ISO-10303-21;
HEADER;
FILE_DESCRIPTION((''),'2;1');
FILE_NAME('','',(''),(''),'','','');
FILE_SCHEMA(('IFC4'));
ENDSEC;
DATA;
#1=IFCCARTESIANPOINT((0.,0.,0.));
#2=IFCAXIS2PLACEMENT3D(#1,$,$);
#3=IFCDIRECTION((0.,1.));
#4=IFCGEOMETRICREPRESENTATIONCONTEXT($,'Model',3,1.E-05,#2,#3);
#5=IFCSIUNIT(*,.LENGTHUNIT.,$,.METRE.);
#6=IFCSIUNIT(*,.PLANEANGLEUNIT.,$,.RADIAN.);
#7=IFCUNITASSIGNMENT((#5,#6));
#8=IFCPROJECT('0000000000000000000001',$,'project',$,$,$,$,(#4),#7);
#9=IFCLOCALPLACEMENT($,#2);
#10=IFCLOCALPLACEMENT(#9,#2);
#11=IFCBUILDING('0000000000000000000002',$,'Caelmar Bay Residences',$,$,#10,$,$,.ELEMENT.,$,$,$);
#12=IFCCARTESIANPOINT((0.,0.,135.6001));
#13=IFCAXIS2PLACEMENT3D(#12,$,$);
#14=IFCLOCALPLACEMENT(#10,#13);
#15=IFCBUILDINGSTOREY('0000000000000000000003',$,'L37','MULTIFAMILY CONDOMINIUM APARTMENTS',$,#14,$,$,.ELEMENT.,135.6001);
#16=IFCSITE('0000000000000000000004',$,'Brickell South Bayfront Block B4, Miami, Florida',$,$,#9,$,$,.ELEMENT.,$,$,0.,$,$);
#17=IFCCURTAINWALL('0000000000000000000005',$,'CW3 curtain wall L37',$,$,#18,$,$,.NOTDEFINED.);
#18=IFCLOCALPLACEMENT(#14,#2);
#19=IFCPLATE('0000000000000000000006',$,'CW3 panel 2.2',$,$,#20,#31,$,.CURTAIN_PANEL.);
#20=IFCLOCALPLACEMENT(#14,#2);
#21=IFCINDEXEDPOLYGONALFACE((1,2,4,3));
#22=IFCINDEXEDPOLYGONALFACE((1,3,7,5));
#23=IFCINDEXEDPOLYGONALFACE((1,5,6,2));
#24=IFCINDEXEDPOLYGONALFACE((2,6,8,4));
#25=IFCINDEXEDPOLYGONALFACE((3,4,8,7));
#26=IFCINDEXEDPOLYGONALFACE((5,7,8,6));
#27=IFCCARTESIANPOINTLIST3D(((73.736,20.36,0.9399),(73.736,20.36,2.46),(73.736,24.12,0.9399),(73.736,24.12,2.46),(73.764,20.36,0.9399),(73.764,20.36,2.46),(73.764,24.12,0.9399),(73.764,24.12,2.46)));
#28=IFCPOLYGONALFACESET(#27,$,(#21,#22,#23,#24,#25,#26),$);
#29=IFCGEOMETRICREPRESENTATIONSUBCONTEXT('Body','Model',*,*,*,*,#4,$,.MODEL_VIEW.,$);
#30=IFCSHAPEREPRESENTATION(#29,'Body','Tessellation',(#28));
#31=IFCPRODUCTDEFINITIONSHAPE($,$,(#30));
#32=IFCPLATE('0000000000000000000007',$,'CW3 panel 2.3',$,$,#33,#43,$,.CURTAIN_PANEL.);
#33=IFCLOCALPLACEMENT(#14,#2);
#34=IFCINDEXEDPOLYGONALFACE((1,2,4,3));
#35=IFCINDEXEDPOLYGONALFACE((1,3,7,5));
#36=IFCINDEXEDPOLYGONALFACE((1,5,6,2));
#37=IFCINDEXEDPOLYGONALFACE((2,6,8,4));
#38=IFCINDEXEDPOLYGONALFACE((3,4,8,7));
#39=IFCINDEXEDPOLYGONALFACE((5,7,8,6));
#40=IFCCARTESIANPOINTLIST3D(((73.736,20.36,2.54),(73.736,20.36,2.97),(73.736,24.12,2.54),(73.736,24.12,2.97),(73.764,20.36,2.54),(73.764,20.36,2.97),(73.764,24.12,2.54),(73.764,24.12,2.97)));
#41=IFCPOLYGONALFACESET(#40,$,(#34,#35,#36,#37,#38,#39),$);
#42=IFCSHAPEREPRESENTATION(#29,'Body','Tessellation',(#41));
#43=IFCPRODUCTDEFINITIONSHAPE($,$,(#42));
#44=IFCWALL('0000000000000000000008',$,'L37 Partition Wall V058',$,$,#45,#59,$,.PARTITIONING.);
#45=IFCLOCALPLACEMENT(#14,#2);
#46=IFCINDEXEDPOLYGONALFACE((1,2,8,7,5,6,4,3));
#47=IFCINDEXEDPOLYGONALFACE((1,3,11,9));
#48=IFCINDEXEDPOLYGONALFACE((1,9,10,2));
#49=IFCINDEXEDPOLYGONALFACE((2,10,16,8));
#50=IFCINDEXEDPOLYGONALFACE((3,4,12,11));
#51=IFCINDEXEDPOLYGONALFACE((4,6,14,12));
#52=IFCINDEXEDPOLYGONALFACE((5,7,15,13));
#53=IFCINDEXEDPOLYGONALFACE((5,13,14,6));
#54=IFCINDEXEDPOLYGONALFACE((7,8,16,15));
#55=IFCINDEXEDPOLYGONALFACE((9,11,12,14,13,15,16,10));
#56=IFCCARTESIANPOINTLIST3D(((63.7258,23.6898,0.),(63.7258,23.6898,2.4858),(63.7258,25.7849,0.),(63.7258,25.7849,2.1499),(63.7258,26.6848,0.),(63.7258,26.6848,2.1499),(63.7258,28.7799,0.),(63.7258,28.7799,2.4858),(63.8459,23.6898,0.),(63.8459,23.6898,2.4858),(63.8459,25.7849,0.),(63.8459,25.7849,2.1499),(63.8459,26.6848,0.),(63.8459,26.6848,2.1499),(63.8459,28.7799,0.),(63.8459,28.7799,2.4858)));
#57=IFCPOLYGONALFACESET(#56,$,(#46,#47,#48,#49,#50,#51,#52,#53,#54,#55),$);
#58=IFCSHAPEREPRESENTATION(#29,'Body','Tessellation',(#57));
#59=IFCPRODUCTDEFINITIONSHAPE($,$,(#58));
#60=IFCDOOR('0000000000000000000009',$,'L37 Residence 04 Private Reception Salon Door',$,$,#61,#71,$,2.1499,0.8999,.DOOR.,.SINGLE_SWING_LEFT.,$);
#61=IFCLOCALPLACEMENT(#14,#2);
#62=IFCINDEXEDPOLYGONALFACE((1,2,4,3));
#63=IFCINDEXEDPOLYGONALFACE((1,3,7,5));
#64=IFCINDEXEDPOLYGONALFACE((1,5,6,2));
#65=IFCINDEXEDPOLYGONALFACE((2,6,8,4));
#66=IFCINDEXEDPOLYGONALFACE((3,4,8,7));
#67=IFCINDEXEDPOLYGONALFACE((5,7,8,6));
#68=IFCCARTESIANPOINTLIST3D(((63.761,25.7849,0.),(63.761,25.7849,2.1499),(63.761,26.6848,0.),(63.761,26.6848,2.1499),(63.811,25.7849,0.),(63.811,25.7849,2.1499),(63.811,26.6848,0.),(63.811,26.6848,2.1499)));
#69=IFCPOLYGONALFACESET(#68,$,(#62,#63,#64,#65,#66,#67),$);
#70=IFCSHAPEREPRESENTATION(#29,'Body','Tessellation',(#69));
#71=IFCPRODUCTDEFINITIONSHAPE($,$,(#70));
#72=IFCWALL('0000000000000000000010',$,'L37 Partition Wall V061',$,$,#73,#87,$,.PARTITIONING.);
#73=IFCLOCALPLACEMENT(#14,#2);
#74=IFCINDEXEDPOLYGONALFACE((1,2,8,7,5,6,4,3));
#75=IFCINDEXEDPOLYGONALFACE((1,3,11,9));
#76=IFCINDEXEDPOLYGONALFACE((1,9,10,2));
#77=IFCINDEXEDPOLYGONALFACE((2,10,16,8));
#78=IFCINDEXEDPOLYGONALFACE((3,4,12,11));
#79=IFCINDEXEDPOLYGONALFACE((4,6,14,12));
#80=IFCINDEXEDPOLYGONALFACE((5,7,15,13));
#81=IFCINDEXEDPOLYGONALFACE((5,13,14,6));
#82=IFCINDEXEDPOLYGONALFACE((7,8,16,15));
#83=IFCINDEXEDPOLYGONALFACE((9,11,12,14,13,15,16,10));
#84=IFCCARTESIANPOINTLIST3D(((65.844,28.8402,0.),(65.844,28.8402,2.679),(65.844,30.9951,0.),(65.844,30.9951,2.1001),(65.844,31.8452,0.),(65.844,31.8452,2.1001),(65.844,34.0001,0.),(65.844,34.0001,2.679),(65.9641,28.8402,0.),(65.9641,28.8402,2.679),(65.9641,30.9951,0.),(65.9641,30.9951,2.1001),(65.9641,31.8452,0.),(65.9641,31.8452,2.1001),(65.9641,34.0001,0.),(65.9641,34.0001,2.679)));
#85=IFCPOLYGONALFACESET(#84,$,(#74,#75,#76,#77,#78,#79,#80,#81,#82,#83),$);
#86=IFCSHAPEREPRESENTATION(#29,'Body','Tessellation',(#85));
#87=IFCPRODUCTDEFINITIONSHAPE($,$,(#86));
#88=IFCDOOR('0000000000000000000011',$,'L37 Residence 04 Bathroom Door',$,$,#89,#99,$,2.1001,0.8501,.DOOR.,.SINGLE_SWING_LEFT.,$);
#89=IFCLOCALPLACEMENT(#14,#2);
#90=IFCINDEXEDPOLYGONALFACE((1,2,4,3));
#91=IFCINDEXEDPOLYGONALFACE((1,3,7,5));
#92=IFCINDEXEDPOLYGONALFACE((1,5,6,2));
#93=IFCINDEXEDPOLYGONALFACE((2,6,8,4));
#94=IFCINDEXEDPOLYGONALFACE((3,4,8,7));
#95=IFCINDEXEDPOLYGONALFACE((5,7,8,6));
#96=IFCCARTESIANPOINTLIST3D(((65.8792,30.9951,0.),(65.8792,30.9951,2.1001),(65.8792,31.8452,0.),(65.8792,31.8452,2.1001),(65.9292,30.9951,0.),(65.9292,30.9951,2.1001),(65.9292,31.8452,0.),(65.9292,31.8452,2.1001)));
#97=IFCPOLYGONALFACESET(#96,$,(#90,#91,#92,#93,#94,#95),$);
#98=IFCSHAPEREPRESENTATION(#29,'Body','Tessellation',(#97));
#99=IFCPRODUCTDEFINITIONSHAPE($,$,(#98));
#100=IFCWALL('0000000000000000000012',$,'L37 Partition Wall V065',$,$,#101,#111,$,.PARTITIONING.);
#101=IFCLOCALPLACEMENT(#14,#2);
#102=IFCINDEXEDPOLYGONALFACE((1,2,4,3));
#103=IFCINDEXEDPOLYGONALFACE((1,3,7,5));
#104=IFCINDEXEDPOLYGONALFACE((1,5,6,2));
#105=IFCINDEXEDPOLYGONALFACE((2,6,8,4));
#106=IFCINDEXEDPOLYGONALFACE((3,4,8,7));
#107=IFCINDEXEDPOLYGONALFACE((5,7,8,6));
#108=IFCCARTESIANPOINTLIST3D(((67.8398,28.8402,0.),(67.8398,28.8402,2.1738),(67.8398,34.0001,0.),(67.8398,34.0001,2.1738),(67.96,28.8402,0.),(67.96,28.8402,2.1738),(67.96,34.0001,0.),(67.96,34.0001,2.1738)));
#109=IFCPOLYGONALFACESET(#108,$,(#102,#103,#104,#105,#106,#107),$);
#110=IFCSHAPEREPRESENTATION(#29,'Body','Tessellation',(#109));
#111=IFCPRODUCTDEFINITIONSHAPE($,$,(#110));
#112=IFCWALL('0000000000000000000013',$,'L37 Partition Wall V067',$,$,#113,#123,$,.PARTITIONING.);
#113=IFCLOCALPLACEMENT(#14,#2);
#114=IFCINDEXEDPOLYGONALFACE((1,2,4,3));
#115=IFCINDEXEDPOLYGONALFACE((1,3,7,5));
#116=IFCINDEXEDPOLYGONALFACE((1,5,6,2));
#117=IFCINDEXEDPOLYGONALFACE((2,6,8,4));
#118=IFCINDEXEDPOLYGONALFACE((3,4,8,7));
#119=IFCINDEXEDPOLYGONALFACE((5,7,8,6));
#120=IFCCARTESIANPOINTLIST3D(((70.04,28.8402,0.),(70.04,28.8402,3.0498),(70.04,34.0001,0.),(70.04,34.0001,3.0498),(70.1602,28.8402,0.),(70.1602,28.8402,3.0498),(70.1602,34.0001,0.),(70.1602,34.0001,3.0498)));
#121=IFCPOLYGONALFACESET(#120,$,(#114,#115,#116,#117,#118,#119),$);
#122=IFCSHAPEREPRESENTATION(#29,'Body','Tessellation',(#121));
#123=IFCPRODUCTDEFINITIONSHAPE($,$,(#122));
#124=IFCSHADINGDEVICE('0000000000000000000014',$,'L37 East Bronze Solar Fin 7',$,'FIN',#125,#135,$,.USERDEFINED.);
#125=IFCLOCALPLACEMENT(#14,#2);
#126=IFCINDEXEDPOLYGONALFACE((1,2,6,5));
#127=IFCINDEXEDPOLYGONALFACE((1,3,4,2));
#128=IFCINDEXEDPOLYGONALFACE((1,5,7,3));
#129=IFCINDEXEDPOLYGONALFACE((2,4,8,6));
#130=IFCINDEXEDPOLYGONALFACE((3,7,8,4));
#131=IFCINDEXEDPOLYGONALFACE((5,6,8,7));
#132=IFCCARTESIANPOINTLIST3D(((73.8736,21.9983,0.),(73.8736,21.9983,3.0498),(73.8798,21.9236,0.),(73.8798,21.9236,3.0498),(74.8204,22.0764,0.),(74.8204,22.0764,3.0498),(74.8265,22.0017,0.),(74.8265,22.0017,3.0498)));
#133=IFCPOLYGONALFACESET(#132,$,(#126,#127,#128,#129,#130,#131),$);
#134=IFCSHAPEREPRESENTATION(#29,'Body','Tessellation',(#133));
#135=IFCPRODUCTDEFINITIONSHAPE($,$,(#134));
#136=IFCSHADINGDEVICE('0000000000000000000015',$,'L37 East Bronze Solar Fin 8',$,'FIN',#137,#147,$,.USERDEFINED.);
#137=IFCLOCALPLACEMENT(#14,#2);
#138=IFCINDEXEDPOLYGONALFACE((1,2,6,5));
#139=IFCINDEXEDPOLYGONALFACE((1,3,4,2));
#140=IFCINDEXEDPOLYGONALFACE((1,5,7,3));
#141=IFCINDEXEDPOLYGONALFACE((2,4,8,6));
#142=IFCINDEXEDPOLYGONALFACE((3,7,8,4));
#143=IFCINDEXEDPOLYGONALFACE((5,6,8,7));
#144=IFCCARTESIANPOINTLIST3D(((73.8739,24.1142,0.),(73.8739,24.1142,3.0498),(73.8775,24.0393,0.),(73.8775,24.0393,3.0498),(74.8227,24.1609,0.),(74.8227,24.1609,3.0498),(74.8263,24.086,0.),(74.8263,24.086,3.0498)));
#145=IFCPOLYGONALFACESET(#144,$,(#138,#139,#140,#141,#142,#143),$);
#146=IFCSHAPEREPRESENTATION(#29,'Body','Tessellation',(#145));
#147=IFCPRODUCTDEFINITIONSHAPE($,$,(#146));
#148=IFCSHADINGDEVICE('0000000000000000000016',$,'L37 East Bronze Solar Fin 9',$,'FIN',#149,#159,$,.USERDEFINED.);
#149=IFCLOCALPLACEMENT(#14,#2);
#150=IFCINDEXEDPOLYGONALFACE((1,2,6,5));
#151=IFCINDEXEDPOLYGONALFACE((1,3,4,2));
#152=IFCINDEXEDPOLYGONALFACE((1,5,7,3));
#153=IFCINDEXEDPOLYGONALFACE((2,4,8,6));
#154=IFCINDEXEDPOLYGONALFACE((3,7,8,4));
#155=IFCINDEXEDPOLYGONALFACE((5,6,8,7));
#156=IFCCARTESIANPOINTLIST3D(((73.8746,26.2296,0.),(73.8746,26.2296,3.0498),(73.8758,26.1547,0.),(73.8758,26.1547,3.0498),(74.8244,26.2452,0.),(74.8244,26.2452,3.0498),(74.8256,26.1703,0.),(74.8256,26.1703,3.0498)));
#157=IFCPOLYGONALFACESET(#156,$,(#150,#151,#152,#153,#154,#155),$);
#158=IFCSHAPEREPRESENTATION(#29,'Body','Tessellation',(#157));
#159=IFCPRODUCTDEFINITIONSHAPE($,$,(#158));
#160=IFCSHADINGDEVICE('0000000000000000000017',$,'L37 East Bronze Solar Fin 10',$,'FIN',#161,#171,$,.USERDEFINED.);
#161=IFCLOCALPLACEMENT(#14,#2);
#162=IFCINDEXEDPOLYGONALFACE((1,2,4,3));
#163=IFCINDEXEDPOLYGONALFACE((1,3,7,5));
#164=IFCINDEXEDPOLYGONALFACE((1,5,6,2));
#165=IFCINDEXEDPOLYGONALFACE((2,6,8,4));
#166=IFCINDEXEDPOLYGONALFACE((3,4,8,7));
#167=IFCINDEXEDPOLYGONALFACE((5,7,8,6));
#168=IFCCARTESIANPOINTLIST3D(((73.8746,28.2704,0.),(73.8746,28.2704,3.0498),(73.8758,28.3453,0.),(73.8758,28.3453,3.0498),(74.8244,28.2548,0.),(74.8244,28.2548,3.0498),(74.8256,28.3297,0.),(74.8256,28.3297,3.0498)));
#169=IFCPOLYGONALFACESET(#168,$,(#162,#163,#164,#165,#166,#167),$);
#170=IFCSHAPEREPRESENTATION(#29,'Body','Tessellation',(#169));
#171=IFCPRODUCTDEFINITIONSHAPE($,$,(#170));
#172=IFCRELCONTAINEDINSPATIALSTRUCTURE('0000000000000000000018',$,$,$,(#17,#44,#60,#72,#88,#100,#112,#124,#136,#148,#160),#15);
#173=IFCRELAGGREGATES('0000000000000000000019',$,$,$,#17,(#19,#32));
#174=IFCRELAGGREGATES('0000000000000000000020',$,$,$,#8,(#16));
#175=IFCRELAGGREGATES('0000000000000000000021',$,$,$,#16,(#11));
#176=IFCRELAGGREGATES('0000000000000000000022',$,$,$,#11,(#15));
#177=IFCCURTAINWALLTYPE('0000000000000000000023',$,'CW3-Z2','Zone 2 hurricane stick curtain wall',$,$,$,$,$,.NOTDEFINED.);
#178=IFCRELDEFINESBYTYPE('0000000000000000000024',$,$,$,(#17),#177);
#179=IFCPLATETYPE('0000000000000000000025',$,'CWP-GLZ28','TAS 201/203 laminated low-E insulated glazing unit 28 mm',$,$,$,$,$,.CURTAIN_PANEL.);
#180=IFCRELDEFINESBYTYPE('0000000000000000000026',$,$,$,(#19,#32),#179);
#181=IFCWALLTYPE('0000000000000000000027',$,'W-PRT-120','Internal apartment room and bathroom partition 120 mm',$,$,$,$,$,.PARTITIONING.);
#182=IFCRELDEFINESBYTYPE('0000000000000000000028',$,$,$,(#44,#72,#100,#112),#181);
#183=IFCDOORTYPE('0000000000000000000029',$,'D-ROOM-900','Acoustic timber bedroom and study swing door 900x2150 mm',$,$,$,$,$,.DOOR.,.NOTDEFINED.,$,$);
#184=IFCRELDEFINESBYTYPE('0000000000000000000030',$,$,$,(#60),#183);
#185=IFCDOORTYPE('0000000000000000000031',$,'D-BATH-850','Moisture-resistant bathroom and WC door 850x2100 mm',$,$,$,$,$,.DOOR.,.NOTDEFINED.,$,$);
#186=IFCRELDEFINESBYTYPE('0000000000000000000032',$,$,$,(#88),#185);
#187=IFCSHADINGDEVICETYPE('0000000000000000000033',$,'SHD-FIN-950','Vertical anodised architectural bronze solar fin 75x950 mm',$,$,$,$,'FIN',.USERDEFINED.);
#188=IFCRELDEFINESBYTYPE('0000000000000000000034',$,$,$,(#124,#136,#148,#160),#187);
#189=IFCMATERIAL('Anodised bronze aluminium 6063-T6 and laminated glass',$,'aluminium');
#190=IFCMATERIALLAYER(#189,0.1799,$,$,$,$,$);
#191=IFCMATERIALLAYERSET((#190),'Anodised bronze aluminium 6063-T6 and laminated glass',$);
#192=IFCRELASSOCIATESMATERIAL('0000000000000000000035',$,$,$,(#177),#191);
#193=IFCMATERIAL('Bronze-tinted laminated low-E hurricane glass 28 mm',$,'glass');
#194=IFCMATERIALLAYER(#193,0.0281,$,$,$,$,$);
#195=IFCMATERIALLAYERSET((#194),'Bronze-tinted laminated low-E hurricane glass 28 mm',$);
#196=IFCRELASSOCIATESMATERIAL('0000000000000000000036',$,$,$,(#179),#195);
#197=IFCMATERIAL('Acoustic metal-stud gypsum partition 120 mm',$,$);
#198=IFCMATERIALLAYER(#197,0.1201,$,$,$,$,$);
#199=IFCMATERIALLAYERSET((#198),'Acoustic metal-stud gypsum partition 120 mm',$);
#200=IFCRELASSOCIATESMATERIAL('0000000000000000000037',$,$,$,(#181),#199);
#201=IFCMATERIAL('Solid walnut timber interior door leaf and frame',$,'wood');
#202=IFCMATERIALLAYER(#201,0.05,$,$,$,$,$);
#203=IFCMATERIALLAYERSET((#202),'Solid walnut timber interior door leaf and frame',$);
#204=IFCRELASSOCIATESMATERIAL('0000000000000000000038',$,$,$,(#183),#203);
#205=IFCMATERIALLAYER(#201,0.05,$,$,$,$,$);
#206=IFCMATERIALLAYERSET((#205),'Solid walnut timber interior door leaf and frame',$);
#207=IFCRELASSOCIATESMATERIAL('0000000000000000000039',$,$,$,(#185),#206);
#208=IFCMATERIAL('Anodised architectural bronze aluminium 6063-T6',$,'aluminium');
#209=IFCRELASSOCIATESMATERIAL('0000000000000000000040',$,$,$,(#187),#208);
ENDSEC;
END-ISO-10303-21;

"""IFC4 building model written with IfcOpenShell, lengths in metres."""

from ifc_helpers import new_model, si_unit, direction, frame, frame_2d, origin, origin_2d, place, context, subcontext, project, spatial, rectangle, extrude, material, layer, layer_set, material_profile, profile_set, type_object, element, fill, aggregate, save


model = new_model("IFC4")

# Units and contexts
model_context = context("Model", 3, precision=1e-05, world=origin(), true_north=direction((0.0, 1.0)))
body_context = subcontext(model_context, "Body", "Model", "MODEL_VIEW")
ifc_project = project(units=[si_unit("LENGTHUNIT", "METRE"), si_unit("PLANEANGLEUNIT", "RADIAN")], contexts=[model_context])

# Site, building, storey
site_placement = place(None, origin())
site = spatial("IfcSite", under=ifc_project, at=site_placement, Name="Brickell South Bayfront Block B4, Miami, Florida", CompositionType="ELEMENT", RefElevation=0.0)
building_placement = place(site_placement, origin())
building = spatial("IfcBuilding", under=site, at=building_placement, Name="Caelmar Bay Residences", CompositionType="ELEMENT")
storey_placement = place(building_placement, frame((0.0, 0.0, 135.6001)))
storey = spatial("IfcBuildingStorey", under=building, at=storey_placement, Name="L37", Description="MULTIFAMILY CONDOMINIUM APARTMENTS", CompositionType="ELEMENT", Elevation=135.6001)

# Curtain wall, plates
ifc_material_1 = material(Name="Anodised bronze aluminium 6063-T6 and laminated glass", Category="aluminium")
ifc_layer_1 = layer(ifc_material_1, 0.1799)
ifc_layer_set_1 = layer_set([ifc_layer_1], Name="Anodised bronze aluminium 6063-T6 and laminated glass")
curtain_wall_type = type_object("IfcCurtainWallType", Name="CW3-Z2", Description="Zone 2 hurricane stick curtain wall", PredefinedType="NOTDEFINED", material=ifc_layer_set_1)
curtain_wall_placement = place(storey_placement, origin())
curtain_wall = element("IfcCurtainWall", 1, at=curtain_wall_placement, inside=storey, type_object=curtain_wall_type, Name="CW3 curtain wall L37", PredefinedType="NOTDEFINED")
ifc_material_2 = material(Name="Bronze-tinted laminated low-E hurricane glass 28 mm", Category="glass")
ifc_layer_2 = layer(ifc_material_2, 0.0281)
ifc_layer_set_2 = layer_set([ifc_layer_2], Name="Bronze-tinted laminated low-E hurricane glass 28 mm")
plate_type = type_object("IfcPlateType", Name="CWP-GLZ28", Description="TAS 201/203 laminated low-E insulated glazing unit 28 mm", PredefinedType="CURTAIN_PANEL", material=ifc_layer_set_2)
plate_1_placement = place(storey_placement, frame((73.75, 22.24, 0.9399), z_axis=(0.0, 0.0, 1.0), x_axis=(0.0, -1.0, 0.0)))
plate_1 = element("IfcPlate", 2, at=plate_1_placement, type_object=plate_type, Name="CW3 panel 2.2", PredefinedType="CURTAIN_PANEL", context=body_context, shape_type="SweptSolid", body=[
    extrude(rectangle(XDim=3.76, YDim=0.0281, at=origin_2d()), origin(), (0.0, 0.0, 1.0), 1.52),
])
plate_2_placement = place(storey_placement, frame((73.75, 22.24, 2.54), z_axis=(0.0, 0.0, 1.0), x_axis=(0.0, -1.0, 0.0)))
plate_2 = element("IfcPlate", 3, at=plate_2_placement, type_object=plate_type, Name="CW3 panel 2.3", PredefinedType="CURTAIN_PANEL", context=body_context, shape_type="SweptSolid", body=[
    extrude(rectangle(XDim=3.76, YDim=0.0281, at=origin_2d()), origin(), (0.0, 0.0, 1.0), 0.4299),
])
aggregate(curtain_wall, [plate_1, plate_2])

# Walls, openings, doors
ifc_material_3 = material(Name="Acoustic metal-stud gypsum partition 120 mm")
ifc_layer_3 = layer(ifc_material_3, 0.1201)
ifc_layer_set_3 = layer_set([ifc_layer_3], Name="Acoustic metal-stud gypsum partition 120 mm")
wall_type = type_object("IfcWallType", Name="W-PRT-120", Description="Internal apartment room and bathroom partition 120 mm", PredefinedType="PARTITIONING", material=ifc_layer_set_3)
wall_1_placement = place(storey_placement, frame((63.7859, 23.6899, 0.0), z_axis=(0.0, 0.0, 1.0), x_axis=(0.0, 1.0, 0.0)))
wall_1 = element("IfcWall", 4, at=wall_1_placement, inside=storey, type_object=wall_type, Name="L37 Partition Wall V058", PredefinedType="PARTITIONING", context=body_context, shape_type="SweptSolid", body=[
    extrude(rectangle(XDim=5.0901, YDim=0.1201, at=frame_2d((2.5449, 0.0))), origin(), (0.0, 0.0, 1.0), 2.4858),
])
opening_1_placement = place(wall_1_placement, frame((2.095, 0.0, 0.0)))
opening_1 = element("IfcOpeningElement", 5, at=opening_1_placement, cuts=wall_1, PredefinedType="OPENING", context=body_context, shape_type="SweptSolid", body=[
    extrude(rectangle(XDim=0.8999, YDim=2.1499, at=frame_2d((0.45, 1.075))), frame((0.0, 0.0701, 0.0), z_axis=(0.0, -1.0, 0.0), x_axis=(1.0, 0.0, 0.0)), (0.0, 0.0, 1.0), 0.1401),
])
ifc_material_4 = material(Name="Solid walnut timber interior door leaf and frame", Category="wood")
ifc_layer_4 = layer(ifc_material_4, 0.05)
ifc_layer_set_4 = layer_set([ifc_layer_4], Name="Solid walnut timber interior door leaf and frame")
door_type_1 = type_object("IfcDoorType", Name="D-ROOM-900", Description="Acoustic timber bedroom and study swing door 900x2150 mm", OperationType="NOTDEFINED", PredefinedType="DOOR", material=ifc_layer_set_4)
door_1_placement = place(opening_1_placement, origin())
door_1 = element("IfcDoor", 6, at=door_1_placement, inside=storey, type_object=door_type_1, Name="L37 Residence 04 Private Reception Salon Door", OperationType="SINGLE_SWING_LEFT", OverallHeight=2.1499, OverallWidth=0.8999, PredefinedType="DOOR", context=body_context, shape_type="SweptSolid", body=[
    extrude(rectangle(XDim=0.8999, YDim=2.1499, at=frame_2d((0.45, 1.075))), frame((0.0, 0.0249, 0.0), z_axis=(0.0, -1.0, 0.0), x_axis=(1.0, 0.0, 0.0)), (0.0, 0.0, 1.0), 0.05),
])
fill(opening_1, door_1)
wall_2_placement = place(storey_placement, frame((65.9041, 28.8401, 0.0), z_axis=(0.0, 0.0, 1.0), x_axis=(0.0, 1.0, 0.0)))
wall_2 = element("IfcWall", 7, at=wall_2_placement, inside=storey, type_object=wall_type, Name="L37 Partition Wall V061", PredefinedType="PARTITIONING", context=body_context, shape_type="SweptSolid", body=[
    extrude(rectangle(XDim=5.1599, YDim=0.1201, at=frame_2d((2.5801, 0.0))), origin(), (0.0, 0.0, 1.0), 2.679),
])
opening_2_placement = place(wall_2_placement, frame((2.155, 0.0, 0.0)))
opening_2 = element("IfcOpeningElement", 8, at=opening_2_placement, cuts=wall_2, PredefinedType="OPENING", context=body_context, shape_type="SweptSolid", body=[
    extrude(rectangle(XDim=0.8501, YDim=2.1001, at=frame_2d((0.425, 1.05))), frame((0.0, 0.0701, 0.0), z_axis=(0.0, -1.0, 0.0), x_axis=(1.0, 0.0, 0.0)), (0.0, 0.0, 1.0), 0.1401),
])
ifc_layer_5 = layer(ifc_material_4, 0.05)
ifc_layer_set_5 = layer_set([ifc_layer_5], Name="Solid walnut timber interior door leaf and frame")
door_type_2 = type_object("IfcDoorType", Name="D-BATH-850", Description="Moisture-resistant bathroom and WC door 850x2100 mm", OperationType="NOTDEFINED", PredefinedType="DOOR", material=ifc_layer_set_5)
door_2_placement = place(opening_2_placement, origin())
door_2 = element("IfcDoor", 9, at=door_2_placement, inside=storey, type_object=door_type_2, Name="L37 Residence 04 Bathroom Door", OperationType="SINGLE_SWING_LEFT", OverallHeight=2.1001, OverallWidth=0.8501, PredefinedType="DOOR", context=body_context, shape_type="SweptSolid", body=[
    extrude(rectangle(XDim=0.8501, YDim=2.1001, at=frame_2d((0.425, 1.05))), frame((0.0, 0.0249, 0.0), z_axis=(0.0, -1.0, 0.0), x_axis=(1.0, 0.0, 0.0)), (0.0, 0.0, 1.0), 0.05),
])
fill(opening_2, door_2)

# Walls
wall_3_placement = place(storey_placement, frame((67.8999, 28.8401, 0.0), z_axis=(0.0, 0.0, 1.0), x_axis=(0.0, 1.0, 0.0)))
element("IfcWall", 10, at=wall_3_placement, inside=storey, type_object=wall_type, Name="L37 Partition Wall V065", PredefinedType="PARTITIONING", context=body_context, shape_type="SweptSolid", body=[
    extrude(rectangle(XDim=5.1599, YDim=0.1201, at=frame_2d((2.5801, 0.0))), origin(), (0.0, 0.0, 1.0), 2.1738),
])
wall_4_placement = place(storey_placement, frame((70.1001, 28.8401, 0.0), z_axis=(0.0, 0.0, 1.0), x_axis=(0.0, 1.0, 0.0)))
element("IfcWall", 11, at=wall_4_placement, inside=storey, type_object=wall_type, Name="L37 Partition Wall V067", PredefinedType="PARTITIONING", context=body_context, shape_type="SweptSolid", body=[
    extrude(rectangle(XDim=5.1599, YDim=0.1201, at=frame_2d((2.5801, 0.0))), origin(), (0.0, 0.0, 1.0), 3.0498),
])

# Shading devices
ifc_material_5 = material(Name="Anodised architectural bronze aluminium 6063-T6", Category="aluminium")
ifc_material_profile_1 = material_profile(ifc_material_5, rectangle(XDim=0.075, YDim=0.95, at=origin_2d()), Name="BRONZE-FIN-75X950")
ifc_profile_set_1 = profile_set([ifc_material_profile_1], Name="Anodised architectural bronze aluminium 6063-T6")
shading_device_type = type_object("IfcShadingDeviceType", Name="SHD-FIN-950", Description="Vertical anodised architectural bronze solar fin 75x950 mm", ElementType="FIN", PredefinedType="USERDEFINED", material=ifc_profile_set_1)
for number, where, z_axis, x_axis, name in (
    (12, (74.3501, 22.0, 0.0), (0.0, 0.0, 1.0), (-0.082112, 0.996623, 0.0), "L37 East Bronze Solar Fin 7"),
    (13, (74.3501, 24.1001, 0.0), (0.0, 0.0, 1.0), (-0.049198, 0.998789, 0.0), "L37 East Bronze Solar Fin 8"),
    (14, (74.3501, 26.2, 0.0), (0.0, 0.0, 1.0), (-0.016405, 0.999865, 0.0), "L37 East Bronze Solar Fin 9"),
    (15, (74.3501, 28.3, 0.0), (0.0, 0.0, 1.0), (0.016405, 0.999865, 0.0), "L37 East Bronze Solar Fin 10"),
):
    element("IfcShadingDevice", number, at=place(storey_placement, frame(where, z_axis=z_axis, x_axis=x_axis)), inside=storey, type_object=shading_device_type, Name=name, ObjectType="FIN", PredefinedType="USERDEFINED", context=body_context, shape_type="SweptSolid", body=[
        extrude(rectangle(XDim=0.075, YDim=0.95, at=origin_2d()), origin(), (0.0, 0.0, 1.0), 3.0498),
    ])

save(model, "model.ifc")
